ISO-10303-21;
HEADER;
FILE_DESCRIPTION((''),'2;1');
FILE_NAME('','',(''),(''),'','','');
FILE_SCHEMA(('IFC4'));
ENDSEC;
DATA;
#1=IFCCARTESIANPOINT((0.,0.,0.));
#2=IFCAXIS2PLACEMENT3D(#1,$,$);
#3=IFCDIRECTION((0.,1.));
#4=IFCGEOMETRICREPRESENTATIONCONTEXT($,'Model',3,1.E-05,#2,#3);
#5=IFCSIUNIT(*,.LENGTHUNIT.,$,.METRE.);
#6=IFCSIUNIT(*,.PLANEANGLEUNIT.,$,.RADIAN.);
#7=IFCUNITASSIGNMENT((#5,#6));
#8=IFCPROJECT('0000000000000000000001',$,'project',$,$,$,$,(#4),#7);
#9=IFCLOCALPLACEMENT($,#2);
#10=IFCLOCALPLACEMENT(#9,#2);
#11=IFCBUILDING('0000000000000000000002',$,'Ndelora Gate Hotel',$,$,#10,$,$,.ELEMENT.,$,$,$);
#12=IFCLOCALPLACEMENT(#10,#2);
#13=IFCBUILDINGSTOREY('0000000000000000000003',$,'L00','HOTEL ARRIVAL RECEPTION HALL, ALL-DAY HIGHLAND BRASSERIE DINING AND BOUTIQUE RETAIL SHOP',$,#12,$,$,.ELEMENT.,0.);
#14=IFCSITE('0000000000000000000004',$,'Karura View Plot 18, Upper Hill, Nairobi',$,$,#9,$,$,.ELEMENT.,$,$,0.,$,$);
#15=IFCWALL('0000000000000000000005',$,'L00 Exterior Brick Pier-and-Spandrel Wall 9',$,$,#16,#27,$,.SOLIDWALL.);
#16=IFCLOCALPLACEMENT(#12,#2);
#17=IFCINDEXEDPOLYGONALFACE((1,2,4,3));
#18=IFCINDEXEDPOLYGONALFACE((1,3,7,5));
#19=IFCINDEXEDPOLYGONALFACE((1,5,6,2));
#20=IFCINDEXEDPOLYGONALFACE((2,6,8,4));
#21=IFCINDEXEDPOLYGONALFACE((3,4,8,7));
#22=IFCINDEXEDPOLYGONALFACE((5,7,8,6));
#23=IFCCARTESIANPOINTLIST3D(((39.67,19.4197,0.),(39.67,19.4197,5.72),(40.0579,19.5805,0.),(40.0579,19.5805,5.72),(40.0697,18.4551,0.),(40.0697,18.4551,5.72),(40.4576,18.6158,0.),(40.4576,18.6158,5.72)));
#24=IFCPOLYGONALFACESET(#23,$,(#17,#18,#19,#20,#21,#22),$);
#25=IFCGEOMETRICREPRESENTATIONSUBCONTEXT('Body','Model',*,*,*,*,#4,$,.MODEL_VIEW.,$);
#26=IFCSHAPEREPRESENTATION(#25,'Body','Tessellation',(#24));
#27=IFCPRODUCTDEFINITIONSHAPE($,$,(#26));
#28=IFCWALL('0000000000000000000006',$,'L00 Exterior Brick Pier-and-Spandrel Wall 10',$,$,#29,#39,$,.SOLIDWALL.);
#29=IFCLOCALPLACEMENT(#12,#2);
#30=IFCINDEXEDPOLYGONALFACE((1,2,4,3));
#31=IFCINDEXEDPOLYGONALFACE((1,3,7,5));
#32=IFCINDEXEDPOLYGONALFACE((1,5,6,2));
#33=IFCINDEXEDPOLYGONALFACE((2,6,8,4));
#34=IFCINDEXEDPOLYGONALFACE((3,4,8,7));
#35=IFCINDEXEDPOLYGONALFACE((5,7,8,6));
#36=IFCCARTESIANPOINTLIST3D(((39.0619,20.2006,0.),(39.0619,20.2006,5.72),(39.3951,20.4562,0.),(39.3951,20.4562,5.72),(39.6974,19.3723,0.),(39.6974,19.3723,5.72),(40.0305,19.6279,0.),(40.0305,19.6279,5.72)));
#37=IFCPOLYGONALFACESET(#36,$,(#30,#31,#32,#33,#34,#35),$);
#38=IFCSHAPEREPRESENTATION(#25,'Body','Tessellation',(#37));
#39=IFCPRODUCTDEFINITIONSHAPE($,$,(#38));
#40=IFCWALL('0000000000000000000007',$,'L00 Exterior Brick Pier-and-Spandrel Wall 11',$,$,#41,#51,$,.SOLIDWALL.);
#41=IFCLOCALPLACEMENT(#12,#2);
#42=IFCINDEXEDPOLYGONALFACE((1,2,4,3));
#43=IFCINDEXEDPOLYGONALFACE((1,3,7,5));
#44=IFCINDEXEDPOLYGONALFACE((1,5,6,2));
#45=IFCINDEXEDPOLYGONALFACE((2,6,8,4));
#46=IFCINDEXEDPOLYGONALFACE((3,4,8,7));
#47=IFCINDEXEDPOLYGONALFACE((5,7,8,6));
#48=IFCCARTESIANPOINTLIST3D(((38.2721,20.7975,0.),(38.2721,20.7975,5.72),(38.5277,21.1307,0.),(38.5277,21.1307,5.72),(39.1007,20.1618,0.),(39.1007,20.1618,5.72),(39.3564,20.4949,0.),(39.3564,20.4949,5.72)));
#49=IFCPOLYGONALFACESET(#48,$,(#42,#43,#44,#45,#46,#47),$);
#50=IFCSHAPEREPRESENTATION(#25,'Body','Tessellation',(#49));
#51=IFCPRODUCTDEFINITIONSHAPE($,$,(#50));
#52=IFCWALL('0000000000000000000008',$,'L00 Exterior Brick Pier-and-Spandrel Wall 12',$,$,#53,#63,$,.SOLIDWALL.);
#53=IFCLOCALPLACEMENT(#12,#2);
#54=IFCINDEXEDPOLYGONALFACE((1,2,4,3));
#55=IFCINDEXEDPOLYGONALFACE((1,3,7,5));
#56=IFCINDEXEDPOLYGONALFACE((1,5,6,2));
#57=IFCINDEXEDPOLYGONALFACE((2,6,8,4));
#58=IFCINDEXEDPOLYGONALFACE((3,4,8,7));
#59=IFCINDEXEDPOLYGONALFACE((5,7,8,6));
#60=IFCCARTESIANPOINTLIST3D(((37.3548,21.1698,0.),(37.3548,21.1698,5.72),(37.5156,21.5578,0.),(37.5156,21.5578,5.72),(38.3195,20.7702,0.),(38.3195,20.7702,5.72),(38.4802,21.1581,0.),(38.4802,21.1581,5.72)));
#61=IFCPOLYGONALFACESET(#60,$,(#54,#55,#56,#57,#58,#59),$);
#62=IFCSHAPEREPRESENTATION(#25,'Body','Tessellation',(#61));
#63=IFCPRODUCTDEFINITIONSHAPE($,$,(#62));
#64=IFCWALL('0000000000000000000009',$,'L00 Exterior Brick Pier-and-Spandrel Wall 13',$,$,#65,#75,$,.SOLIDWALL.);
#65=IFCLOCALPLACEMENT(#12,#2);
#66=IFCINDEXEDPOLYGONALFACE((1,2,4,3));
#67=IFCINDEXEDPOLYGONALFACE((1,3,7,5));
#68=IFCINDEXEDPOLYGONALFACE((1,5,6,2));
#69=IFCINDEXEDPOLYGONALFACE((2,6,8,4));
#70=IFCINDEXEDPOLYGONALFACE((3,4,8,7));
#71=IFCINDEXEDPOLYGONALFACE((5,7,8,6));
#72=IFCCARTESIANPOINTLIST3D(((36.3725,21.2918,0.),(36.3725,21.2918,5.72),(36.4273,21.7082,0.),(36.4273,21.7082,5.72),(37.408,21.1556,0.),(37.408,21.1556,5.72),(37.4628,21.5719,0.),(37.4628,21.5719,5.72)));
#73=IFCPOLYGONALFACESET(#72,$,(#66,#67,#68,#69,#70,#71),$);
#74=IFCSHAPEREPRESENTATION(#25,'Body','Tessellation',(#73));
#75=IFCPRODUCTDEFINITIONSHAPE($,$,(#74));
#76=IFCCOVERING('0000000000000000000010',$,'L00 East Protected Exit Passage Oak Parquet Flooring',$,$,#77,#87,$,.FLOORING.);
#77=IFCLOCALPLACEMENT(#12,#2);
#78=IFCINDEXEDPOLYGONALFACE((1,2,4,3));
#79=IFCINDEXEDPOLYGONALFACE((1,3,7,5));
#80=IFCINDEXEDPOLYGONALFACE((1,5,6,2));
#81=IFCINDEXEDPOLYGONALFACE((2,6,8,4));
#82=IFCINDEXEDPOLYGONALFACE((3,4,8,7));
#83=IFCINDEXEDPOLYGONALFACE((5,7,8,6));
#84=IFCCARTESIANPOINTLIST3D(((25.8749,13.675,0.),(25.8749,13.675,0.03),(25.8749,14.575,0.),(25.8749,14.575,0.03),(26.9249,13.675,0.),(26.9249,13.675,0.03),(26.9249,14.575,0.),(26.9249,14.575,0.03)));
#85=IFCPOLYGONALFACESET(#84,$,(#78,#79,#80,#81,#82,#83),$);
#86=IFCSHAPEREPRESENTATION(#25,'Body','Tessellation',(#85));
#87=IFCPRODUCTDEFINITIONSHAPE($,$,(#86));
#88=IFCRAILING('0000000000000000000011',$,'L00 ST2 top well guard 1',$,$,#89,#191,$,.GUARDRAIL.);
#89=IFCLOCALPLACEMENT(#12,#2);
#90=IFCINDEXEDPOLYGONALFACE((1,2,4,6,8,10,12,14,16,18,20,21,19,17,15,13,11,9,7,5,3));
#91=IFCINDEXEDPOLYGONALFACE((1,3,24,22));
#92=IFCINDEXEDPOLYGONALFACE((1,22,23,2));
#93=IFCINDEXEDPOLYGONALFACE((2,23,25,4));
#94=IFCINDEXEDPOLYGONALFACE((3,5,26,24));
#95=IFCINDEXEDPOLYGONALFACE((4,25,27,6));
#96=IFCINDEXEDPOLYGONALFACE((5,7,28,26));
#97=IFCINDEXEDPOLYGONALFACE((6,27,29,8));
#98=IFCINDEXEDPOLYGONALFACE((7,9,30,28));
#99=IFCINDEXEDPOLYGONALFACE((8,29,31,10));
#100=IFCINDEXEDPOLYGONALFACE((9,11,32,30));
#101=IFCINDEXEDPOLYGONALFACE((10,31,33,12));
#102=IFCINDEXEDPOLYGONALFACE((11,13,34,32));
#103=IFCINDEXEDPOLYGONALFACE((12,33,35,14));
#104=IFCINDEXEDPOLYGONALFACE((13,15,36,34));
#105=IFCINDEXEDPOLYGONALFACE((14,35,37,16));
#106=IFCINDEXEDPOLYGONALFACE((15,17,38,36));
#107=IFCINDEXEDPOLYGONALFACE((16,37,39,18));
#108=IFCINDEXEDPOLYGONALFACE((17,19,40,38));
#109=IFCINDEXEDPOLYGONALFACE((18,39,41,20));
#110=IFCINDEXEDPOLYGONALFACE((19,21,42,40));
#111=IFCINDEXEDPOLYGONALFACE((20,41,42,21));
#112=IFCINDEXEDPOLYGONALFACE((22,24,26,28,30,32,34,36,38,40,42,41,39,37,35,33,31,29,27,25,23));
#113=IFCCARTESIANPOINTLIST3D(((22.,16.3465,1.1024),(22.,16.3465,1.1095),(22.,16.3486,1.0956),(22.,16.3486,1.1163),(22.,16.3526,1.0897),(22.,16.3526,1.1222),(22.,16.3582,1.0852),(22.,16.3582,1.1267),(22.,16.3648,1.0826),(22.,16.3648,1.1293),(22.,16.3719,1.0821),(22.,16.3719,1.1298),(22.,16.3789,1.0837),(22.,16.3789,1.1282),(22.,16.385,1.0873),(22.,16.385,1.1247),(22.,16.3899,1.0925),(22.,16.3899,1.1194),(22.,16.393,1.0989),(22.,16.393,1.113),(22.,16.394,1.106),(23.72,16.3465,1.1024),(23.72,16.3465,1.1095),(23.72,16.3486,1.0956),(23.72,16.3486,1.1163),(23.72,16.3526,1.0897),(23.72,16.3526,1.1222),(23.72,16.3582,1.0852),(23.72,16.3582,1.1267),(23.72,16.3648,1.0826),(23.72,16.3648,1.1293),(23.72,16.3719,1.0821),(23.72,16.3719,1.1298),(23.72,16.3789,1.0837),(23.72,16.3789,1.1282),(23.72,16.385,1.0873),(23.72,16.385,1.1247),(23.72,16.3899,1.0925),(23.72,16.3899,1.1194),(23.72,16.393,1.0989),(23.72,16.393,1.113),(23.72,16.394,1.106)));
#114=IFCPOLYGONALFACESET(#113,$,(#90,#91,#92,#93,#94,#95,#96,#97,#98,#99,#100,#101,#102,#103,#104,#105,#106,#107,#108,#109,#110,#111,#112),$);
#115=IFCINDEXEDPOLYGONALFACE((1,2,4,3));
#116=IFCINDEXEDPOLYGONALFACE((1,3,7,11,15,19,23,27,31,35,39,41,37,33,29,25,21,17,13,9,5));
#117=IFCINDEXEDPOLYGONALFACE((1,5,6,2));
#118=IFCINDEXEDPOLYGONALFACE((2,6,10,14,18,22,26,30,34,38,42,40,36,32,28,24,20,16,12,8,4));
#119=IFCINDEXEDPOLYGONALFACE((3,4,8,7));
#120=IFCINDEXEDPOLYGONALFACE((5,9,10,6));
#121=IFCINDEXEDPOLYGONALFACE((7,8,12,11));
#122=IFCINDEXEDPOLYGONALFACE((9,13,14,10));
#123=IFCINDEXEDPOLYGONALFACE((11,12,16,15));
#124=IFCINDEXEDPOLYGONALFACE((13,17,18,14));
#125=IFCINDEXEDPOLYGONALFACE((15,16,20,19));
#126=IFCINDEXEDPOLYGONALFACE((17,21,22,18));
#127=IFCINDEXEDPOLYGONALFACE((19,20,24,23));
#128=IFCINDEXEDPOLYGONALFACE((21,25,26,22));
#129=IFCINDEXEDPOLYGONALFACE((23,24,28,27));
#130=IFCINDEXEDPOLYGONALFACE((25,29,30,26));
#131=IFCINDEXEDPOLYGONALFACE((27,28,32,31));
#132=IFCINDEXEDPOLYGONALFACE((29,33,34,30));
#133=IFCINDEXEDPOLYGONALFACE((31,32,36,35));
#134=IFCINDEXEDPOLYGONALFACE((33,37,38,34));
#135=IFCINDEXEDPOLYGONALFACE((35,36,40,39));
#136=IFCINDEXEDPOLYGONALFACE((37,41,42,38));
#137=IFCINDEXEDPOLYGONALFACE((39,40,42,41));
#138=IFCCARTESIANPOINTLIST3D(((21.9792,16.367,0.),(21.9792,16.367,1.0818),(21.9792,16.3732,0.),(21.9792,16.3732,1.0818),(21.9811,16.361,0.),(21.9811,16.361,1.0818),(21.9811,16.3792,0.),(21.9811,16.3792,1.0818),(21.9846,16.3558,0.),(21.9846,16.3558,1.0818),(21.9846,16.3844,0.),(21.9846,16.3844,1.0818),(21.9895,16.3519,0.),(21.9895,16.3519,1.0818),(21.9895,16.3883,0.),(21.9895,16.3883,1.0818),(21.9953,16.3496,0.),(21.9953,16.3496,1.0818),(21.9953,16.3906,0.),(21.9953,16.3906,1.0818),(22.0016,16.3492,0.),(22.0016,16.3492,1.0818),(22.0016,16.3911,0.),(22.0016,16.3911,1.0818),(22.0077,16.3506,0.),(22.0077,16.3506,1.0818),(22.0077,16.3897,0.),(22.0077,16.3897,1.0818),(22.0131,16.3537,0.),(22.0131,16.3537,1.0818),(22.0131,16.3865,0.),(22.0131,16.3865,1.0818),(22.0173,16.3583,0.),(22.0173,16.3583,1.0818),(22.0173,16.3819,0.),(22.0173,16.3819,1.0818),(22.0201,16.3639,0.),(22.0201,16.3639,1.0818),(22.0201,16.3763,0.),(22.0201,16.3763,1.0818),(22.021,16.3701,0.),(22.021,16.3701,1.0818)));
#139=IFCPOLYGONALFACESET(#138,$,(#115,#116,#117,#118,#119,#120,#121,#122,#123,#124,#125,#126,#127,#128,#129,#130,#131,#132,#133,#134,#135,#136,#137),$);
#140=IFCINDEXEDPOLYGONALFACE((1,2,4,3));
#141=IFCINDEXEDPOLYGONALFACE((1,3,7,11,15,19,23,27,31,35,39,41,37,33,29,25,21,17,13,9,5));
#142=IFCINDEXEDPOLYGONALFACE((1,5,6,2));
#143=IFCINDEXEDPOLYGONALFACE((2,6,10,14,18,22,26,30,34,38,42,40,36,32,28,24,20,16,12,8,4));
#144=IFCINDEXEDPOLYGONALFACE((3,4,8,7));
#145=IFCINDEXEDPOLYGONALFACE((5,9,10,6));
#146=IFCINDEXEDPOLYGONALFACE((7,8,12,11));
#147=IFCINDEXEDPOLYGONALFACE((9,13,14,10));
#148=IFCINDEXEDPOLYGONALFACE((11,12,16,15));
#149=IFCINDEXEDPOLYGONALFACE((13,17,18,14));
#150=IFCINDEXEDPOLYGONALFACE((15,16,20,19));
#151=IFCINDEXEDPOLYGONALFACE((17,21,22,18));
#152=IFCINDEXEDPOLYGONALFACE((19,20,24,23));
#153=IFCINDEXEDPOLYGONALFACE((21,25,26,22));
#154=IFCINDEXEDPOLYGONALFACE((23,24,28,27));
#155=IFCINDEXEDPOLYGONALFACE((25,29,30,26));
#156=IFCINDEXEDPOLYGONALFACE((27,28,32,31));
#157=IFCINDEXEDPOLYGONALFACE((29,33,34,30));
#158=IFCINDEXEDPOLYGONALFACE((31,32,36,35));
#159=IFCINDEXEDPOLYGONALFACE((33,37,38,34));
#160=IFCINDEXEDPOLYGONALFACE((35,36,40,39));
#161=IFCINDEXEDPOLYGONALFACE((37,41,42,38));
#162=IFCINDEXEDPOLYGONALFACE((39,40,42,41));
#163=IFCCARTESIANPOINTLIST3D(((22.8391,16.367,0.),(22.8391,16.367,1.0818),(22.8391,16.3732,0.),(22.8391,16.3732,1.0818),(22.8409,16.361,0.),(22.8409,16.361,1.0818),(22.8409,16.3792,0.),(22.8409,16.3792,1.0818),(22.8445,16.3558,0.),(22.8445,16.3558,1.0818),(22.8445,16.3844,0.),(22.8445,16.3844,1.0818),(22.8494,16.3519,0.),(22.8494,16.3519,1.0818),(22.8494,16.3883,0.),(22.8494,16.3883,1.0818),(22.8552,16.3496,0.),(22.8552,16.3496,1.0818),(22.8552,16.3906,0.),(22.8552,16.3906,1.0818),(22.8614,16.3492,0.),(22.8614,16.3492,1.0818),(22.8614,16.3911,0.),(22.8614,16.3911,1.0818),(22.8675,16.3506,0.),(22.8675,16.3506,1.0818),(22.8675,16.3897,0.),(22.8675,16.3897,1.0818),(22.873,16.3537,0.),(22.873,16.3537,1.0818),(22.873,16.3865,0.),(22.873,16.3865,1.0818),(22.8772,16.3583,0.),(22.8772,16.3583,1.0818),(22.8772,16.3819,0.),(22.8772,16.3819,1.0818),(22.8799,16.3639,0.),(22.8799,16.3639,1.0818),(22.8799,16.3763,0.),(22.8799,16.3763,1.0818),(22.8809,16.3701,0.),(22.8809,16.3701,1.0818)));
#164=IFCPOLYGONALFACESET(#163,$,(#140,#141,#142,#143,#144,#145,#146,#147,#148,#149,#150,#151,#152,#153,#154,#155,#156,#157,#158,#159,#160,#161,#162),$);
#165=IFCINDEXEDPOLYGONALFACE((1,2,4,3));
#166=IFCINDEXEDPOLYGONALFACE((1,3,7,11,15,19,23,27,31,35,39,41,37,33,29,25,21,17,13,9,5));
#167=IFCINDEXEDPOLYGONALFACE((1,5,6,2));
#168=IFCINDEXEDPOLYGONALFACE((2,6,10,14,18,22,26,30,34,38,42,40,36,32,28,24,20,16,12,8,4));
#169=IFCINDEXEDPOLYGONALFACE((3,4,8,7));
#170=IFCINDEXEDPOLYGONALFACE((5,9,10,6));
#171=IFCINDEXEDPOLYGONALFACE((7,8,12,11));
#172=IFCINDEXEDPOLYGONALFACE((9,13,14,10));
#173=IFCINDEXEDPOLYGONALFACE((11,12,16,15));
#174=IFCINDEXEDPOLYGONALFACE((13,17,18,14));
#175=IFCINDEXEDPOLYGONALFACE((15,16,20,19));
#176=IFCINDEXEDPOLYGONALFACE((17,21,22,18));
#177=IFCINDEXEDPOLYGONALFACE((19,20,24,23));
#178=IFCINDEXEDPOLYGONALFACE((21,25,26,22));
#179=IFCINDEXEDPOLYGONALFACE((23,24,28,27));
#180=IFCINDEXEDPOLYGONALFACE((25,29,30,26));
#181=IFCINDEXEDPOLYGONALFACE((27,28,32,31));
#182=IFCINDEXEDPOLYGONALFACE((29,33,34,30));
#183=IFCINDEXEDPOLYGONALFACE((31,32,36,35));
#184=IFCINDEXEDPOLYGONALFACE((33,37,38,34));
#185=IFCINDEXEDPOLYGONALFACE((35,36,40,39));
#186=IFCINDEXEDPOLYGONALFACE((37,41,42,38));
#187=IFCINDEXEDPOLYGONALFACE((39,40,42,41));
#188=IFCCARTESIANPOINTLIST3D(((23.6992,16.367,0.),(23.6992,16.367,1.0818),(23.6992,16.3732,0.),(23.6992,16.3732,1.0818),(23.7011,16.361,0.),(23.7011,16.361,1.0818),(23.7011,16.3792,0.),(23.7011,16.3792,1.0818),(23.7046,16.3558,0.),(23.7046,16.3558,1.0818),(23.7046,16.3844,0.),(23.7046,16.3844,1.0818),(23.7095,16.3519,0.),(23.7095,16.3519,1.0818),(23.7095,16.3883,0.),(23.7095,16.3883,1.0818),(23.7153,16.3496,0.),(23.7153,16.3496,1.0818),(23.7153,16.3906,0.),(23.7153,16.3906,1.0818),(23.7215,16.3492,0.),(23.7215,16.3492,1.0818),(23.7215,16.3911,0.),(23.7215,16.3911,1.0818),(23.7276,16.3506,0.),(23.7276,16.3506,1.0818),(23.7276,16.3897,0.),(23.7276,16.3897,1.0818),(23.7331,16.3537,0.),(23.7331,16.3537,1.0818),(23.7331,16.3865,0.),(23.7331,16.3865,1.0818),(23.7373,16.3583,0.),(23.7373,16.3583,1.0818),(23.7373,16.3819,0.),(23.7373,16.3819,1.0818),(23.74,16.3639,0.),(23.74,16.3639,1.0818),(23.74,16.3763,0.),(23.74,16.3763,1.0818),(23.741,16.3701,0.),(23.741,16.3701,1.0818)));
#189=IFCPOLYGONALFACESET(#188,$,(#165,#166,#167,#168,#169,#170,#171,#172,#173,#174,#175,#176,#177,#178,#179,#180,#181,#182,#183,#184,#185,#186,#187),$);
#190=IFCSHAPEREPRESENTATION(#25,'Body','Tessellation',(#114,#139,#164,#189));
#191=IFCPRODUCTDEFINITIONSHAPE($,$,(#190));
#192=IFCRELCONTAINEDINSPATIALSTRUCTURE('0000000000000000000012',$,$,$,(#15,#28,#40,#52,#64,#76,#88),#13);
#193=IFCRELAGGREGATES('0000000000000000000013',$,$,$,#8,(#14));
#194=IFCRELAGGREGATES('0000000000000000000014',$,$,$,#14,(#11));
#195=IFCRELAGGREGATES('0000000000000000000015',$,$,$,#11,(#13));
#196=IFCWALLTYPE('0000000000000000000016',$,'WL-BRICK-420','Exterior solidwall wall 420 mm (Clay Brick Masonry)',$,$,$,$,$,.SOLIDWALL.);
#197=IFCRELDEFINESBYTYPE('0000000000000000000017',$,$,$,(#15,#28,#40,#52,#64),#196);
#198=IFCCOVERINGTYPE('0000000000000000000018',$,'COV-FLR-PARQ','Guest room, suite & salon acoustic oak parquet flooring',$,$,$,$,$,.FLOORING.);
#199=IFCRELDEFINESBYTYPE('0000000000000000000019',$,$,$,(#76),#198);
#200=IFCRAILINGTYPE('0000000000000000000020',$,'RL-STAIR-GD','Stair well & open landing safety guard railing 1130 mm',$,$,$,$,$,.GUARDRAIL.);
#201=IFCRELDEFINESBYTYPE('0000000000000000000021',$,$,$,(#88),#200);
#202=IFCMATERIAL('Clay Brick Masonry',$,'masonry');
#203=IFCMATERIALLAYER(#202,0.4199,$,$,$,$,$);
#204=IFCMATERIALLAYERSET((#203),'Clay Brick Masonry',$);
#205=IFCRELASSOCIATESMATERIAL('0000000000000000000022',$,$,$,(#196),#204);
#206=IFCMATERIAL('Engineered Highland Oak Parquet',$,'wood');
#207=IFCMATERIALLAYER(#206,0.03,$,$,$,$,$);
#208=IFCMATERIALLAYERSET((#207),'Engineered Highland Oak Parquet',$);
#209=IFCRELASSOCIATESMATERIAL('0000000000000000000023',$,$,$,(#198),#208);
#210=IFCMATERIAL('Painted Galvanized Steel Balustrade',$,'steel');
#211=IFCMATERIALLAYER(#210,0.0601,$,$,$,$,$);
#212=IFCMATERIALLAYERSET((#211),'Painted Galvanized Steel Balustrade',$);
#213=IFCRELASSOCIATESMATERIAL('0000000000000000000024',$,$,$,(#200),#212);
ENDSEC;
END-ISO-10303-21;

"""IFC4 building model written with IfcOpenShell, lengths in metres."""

from ifc_helpers import new_model, si_unit, direction, frame, frame_2d, origin, origin_2d, place, context, subcontext, project, spatial, rectangle, circle, extrude, material, layer, layer_set, type_object, element, save


model = new_model("IFC4")

# Units and contexts
model_context = context("Model", 3, precision=1e-05, world=origin(), true_north=direction((0.0, 1.0)))
body_context = subcontext(model_context, "Body", "Model", "MODEL_VIEW")
ifc_project = project(units=[si_unit("LENGTHUNIT", "METRE"), si_unit("PLANEANGLEUNIT", "RADIAN")], contexts=[model_context])

# Site, building, storey
site_placement = place(None, origin())
site = spatial("IfcSite", under=ifc_project, at=site_placement, Name="Karura View Plot 18, Upper Hill, Nairobi", CompositionType="ELEMENT", RefElevation=0.0)
building_placement = place(site_placement, origin())
building = spatial("IfcBuilding", under=site, at=building_placement, Name="Ndelora Gate Hotel", CompositionType="ELEMENT")
storey_placement = place(building_placement, origin())
storey = spatial("IfcBuildingStorey", under=building, at=storey_placement, Name="L00", Description="HOTEL ARRIVAL RECEPTION HALL, ALL-DAY HIGHLAND BRASSERIE DINING AND BOUTIQUE RETAIL SHOP", CompositionType="ELEMENT", Elevation=0.0)

# Shared definitions
ifc_material_1 = material(Name="Clay Brick Masonry", Category="masonry")
ifc_layer_1 = layer(ifc_material_1, 0.4199)
ifc_layer_set_1 = layer_set([ifc_layer_1], Name="Clay Brick Masonry")
wall_type_1 = type_object("IfcWallType", Name="WL-BRICK-420", Description="Exterior solidwall wall 420 mm (Clay Brick Masonry)", PredefinedType="SOLIDWALL", material=ifc_layer_set_1)

# Walls
wall_1_placement = place(storey_placement, frame((39.864, 19.5, 0.0), z_axis=(0.0, 0.0, 1.0), x_axis=(0.382772, -0.923843, 0.0)))
element("IfcWall", 1, at=wall_1_placement, inside=storey, type_object=wall_type_1, Name="L00 Exterior Brick Pier-and-Spandrel Wall 9", PredefinedType="SOLIDWALL", context=body_context, shape_type="SweptSolid", body=[
    extrude(rectangle(XDim=1.0442, YDim=0.4199, at=frame_2d((0.522, 0.0))), origin(), (0.0, 0.0, 1.0), 5.72),
])
wall_2_placement = place(storey_placement, frame((39.2285, 20.3284, 0.0), z_axis=(0.0, 0.0, 1.0), x_axis=(0.608682, -0.793414, 0.0)))
element("IfcWall", 2, at=wall_2_placement, inside=storey, type_object=wall_type_1, Name="L00 Exterior Brick Pier-and-Spandrel Wall 10", PredefinedType="SOLIDWALL", context=body_context, shape_type="SweptSolid", body=[
    extrude(rectangle(XDim=1.0439, YDim=0.4199, at=frame_2d((0.522, 0.0))), origin(), (0.0, 0.0, 1.0), 5.72),
])
wall_3_placement = place(storey_placement, frame((38.3999, 20.9641, 0.0), z_axis=(0.0, 0.0, 1.0), x_axis=(0.793388, -0.608716, 0.0)))
element("IfcWall", 3, at=wall_3_placement, inside=storey, type_object=wall_type_1, Name="L00 Exterior Brick Pier-and-Spandrel Wall 11", PredefinedType="SOLIDWALL", context=body_context, shape_type="SweptSolid", body=[
    extrude(rectangle(XDim=1.0444, YDim=0.4199, at=frame_2d((0.5222, 0.0))), origin(), (0.0, 0.0, 1.0), 5.72),
])
wall_4_placement = place(storey_placement, frame((37.4353, 21.3638, 0.0), z_axis=(0.0, 0.0, 1.0), x_axis=(0.923843, -0.382772, 0.0)))
element("IfcWall", 4, at=wall_4_placement, inside=storey, type_object=wall_type_1, Name="L00 Exterior Brick Pier-and-Spandrel Wall 12", PredefinedType="SOLIDWALL", context=body_context, shape_type="SweptSolid", body=[
    extrude(rectangle(XDim=1.0442, YDim=0.4199, at=frame_2d((0.522, 0.0))), origin(), (0.0, 0.0, 1.0), 5.72),
])
wall_5_placement = place(storey_placement, frame((36.3999, 21.5, 0.0), z_axis=(0.0, 0.0, 1.0), x_axis=(0.991455, -0.130448, 0.0)))
element("IfcWall", 5, at=wall_5_placement, inside=storey, type_object=wall_type_1, Name="L00 Exterior Brick Pier-and-Spandrel Wall 13", PredefinedType="SOLIDWALL", context=body_context, shape_type="SweptSolid", body=[
    extrude(rectangle(XDim=1.0444, YDim=0.4199, at=frame_2d((0.5222, 0.0))), origin(), (0.0, 0.0, 1.0), 5.72),
])

# Covering
ifc_material_2 = material(Name="Engineered Highland Oak Parquet", Category="wood")
ifc_layer_2 = layer(ifc_material_2, 0.03)
ifc_layer_set_2 = layer_set([ifc_layer_2], Name="Engineered Highland Oak Parquet")
covering_type = type_object("IfcCoveringType", Name="COV-FLR-PARQ", Description="Guest room, suite & salon acoustic oak parquet flooring", PredefinedType="FLOORING", material=ifc_layer_set_2)
covering_placement = place(storey_placement, frame((26.3999, 14.125, 0.0), z_axis=(0.0, 0.0, 1.0), x_axis=(1.0, 0.0, 0.0)))
element("IfcCovering", 6, at=covering_placement, inside=storey, type_object=covering_type, Name="L00 East Protected Exit Passage Oak Parquet Flooring", PredefinedType="FLOORING", context=body_context, shape_type="SweptSolid", body=[
    extrude(rectangle(XDim=1.05, YDim=0.8999, at=origin_2d()), origin(), (0.0, 0.0, 1.0), 0.03),
])

# Railing
ifc_material_3 = material(Name="Painted Galvanized Steel Balustrade", Category="steel")
ifc_layer_3 = layer(ifc_material_3, 0.0601)
ifc_layer_set_3 = layer_set([ifc_layer_3], Name="Painted Galvanized Steel Balustrade")
railing_type_1 = type_object("IfcRailingType", Name="RL-STAIR-GD", Description="Stair well & open landing safety guard railing 1130 mm", PredefinedType="GUARDRAIL", material=ifc_layer_set_3)
railing_1_placement = place(storey_placement, frame((22.0, 16.3701, 0.0)))
element("IfcRailing", 7, at=railing_1_placement, inside=storey, type_object=railing_type_1, Name="L00 ST2 top well guard 1", PredefinedType="GUARDRAIL", context=body_context, shape_type="SweptSolid", body=[
    extrude(circle(Radius=0.0239, at=origin_2d()), frame((0.0, 0.0, 1.106), z_axis=(1.0, 0.0, 0.0), x_axis=(0.0, 1.0, 0.0)), (0.0, 0.0, 1.0), 1.72),
    extrude(circle(Radius=0.021, at=origin_2d()), origin(), (0.0, 0.0, 1.0), 1.0818),
    extrude(circle(Radius=0.021, at=origin_2d()), frame((0.8599, 0.0, 0.0)), (0.0, 0.0, 1.0), 1.0818),
    extrude(circle(Radius=0.021, at=origin_2d()), frame((1.72, 0.0, 0.0)), (0.0, 0.0, 1.0), 1.0818),
])

save(model, "model.ifc")
